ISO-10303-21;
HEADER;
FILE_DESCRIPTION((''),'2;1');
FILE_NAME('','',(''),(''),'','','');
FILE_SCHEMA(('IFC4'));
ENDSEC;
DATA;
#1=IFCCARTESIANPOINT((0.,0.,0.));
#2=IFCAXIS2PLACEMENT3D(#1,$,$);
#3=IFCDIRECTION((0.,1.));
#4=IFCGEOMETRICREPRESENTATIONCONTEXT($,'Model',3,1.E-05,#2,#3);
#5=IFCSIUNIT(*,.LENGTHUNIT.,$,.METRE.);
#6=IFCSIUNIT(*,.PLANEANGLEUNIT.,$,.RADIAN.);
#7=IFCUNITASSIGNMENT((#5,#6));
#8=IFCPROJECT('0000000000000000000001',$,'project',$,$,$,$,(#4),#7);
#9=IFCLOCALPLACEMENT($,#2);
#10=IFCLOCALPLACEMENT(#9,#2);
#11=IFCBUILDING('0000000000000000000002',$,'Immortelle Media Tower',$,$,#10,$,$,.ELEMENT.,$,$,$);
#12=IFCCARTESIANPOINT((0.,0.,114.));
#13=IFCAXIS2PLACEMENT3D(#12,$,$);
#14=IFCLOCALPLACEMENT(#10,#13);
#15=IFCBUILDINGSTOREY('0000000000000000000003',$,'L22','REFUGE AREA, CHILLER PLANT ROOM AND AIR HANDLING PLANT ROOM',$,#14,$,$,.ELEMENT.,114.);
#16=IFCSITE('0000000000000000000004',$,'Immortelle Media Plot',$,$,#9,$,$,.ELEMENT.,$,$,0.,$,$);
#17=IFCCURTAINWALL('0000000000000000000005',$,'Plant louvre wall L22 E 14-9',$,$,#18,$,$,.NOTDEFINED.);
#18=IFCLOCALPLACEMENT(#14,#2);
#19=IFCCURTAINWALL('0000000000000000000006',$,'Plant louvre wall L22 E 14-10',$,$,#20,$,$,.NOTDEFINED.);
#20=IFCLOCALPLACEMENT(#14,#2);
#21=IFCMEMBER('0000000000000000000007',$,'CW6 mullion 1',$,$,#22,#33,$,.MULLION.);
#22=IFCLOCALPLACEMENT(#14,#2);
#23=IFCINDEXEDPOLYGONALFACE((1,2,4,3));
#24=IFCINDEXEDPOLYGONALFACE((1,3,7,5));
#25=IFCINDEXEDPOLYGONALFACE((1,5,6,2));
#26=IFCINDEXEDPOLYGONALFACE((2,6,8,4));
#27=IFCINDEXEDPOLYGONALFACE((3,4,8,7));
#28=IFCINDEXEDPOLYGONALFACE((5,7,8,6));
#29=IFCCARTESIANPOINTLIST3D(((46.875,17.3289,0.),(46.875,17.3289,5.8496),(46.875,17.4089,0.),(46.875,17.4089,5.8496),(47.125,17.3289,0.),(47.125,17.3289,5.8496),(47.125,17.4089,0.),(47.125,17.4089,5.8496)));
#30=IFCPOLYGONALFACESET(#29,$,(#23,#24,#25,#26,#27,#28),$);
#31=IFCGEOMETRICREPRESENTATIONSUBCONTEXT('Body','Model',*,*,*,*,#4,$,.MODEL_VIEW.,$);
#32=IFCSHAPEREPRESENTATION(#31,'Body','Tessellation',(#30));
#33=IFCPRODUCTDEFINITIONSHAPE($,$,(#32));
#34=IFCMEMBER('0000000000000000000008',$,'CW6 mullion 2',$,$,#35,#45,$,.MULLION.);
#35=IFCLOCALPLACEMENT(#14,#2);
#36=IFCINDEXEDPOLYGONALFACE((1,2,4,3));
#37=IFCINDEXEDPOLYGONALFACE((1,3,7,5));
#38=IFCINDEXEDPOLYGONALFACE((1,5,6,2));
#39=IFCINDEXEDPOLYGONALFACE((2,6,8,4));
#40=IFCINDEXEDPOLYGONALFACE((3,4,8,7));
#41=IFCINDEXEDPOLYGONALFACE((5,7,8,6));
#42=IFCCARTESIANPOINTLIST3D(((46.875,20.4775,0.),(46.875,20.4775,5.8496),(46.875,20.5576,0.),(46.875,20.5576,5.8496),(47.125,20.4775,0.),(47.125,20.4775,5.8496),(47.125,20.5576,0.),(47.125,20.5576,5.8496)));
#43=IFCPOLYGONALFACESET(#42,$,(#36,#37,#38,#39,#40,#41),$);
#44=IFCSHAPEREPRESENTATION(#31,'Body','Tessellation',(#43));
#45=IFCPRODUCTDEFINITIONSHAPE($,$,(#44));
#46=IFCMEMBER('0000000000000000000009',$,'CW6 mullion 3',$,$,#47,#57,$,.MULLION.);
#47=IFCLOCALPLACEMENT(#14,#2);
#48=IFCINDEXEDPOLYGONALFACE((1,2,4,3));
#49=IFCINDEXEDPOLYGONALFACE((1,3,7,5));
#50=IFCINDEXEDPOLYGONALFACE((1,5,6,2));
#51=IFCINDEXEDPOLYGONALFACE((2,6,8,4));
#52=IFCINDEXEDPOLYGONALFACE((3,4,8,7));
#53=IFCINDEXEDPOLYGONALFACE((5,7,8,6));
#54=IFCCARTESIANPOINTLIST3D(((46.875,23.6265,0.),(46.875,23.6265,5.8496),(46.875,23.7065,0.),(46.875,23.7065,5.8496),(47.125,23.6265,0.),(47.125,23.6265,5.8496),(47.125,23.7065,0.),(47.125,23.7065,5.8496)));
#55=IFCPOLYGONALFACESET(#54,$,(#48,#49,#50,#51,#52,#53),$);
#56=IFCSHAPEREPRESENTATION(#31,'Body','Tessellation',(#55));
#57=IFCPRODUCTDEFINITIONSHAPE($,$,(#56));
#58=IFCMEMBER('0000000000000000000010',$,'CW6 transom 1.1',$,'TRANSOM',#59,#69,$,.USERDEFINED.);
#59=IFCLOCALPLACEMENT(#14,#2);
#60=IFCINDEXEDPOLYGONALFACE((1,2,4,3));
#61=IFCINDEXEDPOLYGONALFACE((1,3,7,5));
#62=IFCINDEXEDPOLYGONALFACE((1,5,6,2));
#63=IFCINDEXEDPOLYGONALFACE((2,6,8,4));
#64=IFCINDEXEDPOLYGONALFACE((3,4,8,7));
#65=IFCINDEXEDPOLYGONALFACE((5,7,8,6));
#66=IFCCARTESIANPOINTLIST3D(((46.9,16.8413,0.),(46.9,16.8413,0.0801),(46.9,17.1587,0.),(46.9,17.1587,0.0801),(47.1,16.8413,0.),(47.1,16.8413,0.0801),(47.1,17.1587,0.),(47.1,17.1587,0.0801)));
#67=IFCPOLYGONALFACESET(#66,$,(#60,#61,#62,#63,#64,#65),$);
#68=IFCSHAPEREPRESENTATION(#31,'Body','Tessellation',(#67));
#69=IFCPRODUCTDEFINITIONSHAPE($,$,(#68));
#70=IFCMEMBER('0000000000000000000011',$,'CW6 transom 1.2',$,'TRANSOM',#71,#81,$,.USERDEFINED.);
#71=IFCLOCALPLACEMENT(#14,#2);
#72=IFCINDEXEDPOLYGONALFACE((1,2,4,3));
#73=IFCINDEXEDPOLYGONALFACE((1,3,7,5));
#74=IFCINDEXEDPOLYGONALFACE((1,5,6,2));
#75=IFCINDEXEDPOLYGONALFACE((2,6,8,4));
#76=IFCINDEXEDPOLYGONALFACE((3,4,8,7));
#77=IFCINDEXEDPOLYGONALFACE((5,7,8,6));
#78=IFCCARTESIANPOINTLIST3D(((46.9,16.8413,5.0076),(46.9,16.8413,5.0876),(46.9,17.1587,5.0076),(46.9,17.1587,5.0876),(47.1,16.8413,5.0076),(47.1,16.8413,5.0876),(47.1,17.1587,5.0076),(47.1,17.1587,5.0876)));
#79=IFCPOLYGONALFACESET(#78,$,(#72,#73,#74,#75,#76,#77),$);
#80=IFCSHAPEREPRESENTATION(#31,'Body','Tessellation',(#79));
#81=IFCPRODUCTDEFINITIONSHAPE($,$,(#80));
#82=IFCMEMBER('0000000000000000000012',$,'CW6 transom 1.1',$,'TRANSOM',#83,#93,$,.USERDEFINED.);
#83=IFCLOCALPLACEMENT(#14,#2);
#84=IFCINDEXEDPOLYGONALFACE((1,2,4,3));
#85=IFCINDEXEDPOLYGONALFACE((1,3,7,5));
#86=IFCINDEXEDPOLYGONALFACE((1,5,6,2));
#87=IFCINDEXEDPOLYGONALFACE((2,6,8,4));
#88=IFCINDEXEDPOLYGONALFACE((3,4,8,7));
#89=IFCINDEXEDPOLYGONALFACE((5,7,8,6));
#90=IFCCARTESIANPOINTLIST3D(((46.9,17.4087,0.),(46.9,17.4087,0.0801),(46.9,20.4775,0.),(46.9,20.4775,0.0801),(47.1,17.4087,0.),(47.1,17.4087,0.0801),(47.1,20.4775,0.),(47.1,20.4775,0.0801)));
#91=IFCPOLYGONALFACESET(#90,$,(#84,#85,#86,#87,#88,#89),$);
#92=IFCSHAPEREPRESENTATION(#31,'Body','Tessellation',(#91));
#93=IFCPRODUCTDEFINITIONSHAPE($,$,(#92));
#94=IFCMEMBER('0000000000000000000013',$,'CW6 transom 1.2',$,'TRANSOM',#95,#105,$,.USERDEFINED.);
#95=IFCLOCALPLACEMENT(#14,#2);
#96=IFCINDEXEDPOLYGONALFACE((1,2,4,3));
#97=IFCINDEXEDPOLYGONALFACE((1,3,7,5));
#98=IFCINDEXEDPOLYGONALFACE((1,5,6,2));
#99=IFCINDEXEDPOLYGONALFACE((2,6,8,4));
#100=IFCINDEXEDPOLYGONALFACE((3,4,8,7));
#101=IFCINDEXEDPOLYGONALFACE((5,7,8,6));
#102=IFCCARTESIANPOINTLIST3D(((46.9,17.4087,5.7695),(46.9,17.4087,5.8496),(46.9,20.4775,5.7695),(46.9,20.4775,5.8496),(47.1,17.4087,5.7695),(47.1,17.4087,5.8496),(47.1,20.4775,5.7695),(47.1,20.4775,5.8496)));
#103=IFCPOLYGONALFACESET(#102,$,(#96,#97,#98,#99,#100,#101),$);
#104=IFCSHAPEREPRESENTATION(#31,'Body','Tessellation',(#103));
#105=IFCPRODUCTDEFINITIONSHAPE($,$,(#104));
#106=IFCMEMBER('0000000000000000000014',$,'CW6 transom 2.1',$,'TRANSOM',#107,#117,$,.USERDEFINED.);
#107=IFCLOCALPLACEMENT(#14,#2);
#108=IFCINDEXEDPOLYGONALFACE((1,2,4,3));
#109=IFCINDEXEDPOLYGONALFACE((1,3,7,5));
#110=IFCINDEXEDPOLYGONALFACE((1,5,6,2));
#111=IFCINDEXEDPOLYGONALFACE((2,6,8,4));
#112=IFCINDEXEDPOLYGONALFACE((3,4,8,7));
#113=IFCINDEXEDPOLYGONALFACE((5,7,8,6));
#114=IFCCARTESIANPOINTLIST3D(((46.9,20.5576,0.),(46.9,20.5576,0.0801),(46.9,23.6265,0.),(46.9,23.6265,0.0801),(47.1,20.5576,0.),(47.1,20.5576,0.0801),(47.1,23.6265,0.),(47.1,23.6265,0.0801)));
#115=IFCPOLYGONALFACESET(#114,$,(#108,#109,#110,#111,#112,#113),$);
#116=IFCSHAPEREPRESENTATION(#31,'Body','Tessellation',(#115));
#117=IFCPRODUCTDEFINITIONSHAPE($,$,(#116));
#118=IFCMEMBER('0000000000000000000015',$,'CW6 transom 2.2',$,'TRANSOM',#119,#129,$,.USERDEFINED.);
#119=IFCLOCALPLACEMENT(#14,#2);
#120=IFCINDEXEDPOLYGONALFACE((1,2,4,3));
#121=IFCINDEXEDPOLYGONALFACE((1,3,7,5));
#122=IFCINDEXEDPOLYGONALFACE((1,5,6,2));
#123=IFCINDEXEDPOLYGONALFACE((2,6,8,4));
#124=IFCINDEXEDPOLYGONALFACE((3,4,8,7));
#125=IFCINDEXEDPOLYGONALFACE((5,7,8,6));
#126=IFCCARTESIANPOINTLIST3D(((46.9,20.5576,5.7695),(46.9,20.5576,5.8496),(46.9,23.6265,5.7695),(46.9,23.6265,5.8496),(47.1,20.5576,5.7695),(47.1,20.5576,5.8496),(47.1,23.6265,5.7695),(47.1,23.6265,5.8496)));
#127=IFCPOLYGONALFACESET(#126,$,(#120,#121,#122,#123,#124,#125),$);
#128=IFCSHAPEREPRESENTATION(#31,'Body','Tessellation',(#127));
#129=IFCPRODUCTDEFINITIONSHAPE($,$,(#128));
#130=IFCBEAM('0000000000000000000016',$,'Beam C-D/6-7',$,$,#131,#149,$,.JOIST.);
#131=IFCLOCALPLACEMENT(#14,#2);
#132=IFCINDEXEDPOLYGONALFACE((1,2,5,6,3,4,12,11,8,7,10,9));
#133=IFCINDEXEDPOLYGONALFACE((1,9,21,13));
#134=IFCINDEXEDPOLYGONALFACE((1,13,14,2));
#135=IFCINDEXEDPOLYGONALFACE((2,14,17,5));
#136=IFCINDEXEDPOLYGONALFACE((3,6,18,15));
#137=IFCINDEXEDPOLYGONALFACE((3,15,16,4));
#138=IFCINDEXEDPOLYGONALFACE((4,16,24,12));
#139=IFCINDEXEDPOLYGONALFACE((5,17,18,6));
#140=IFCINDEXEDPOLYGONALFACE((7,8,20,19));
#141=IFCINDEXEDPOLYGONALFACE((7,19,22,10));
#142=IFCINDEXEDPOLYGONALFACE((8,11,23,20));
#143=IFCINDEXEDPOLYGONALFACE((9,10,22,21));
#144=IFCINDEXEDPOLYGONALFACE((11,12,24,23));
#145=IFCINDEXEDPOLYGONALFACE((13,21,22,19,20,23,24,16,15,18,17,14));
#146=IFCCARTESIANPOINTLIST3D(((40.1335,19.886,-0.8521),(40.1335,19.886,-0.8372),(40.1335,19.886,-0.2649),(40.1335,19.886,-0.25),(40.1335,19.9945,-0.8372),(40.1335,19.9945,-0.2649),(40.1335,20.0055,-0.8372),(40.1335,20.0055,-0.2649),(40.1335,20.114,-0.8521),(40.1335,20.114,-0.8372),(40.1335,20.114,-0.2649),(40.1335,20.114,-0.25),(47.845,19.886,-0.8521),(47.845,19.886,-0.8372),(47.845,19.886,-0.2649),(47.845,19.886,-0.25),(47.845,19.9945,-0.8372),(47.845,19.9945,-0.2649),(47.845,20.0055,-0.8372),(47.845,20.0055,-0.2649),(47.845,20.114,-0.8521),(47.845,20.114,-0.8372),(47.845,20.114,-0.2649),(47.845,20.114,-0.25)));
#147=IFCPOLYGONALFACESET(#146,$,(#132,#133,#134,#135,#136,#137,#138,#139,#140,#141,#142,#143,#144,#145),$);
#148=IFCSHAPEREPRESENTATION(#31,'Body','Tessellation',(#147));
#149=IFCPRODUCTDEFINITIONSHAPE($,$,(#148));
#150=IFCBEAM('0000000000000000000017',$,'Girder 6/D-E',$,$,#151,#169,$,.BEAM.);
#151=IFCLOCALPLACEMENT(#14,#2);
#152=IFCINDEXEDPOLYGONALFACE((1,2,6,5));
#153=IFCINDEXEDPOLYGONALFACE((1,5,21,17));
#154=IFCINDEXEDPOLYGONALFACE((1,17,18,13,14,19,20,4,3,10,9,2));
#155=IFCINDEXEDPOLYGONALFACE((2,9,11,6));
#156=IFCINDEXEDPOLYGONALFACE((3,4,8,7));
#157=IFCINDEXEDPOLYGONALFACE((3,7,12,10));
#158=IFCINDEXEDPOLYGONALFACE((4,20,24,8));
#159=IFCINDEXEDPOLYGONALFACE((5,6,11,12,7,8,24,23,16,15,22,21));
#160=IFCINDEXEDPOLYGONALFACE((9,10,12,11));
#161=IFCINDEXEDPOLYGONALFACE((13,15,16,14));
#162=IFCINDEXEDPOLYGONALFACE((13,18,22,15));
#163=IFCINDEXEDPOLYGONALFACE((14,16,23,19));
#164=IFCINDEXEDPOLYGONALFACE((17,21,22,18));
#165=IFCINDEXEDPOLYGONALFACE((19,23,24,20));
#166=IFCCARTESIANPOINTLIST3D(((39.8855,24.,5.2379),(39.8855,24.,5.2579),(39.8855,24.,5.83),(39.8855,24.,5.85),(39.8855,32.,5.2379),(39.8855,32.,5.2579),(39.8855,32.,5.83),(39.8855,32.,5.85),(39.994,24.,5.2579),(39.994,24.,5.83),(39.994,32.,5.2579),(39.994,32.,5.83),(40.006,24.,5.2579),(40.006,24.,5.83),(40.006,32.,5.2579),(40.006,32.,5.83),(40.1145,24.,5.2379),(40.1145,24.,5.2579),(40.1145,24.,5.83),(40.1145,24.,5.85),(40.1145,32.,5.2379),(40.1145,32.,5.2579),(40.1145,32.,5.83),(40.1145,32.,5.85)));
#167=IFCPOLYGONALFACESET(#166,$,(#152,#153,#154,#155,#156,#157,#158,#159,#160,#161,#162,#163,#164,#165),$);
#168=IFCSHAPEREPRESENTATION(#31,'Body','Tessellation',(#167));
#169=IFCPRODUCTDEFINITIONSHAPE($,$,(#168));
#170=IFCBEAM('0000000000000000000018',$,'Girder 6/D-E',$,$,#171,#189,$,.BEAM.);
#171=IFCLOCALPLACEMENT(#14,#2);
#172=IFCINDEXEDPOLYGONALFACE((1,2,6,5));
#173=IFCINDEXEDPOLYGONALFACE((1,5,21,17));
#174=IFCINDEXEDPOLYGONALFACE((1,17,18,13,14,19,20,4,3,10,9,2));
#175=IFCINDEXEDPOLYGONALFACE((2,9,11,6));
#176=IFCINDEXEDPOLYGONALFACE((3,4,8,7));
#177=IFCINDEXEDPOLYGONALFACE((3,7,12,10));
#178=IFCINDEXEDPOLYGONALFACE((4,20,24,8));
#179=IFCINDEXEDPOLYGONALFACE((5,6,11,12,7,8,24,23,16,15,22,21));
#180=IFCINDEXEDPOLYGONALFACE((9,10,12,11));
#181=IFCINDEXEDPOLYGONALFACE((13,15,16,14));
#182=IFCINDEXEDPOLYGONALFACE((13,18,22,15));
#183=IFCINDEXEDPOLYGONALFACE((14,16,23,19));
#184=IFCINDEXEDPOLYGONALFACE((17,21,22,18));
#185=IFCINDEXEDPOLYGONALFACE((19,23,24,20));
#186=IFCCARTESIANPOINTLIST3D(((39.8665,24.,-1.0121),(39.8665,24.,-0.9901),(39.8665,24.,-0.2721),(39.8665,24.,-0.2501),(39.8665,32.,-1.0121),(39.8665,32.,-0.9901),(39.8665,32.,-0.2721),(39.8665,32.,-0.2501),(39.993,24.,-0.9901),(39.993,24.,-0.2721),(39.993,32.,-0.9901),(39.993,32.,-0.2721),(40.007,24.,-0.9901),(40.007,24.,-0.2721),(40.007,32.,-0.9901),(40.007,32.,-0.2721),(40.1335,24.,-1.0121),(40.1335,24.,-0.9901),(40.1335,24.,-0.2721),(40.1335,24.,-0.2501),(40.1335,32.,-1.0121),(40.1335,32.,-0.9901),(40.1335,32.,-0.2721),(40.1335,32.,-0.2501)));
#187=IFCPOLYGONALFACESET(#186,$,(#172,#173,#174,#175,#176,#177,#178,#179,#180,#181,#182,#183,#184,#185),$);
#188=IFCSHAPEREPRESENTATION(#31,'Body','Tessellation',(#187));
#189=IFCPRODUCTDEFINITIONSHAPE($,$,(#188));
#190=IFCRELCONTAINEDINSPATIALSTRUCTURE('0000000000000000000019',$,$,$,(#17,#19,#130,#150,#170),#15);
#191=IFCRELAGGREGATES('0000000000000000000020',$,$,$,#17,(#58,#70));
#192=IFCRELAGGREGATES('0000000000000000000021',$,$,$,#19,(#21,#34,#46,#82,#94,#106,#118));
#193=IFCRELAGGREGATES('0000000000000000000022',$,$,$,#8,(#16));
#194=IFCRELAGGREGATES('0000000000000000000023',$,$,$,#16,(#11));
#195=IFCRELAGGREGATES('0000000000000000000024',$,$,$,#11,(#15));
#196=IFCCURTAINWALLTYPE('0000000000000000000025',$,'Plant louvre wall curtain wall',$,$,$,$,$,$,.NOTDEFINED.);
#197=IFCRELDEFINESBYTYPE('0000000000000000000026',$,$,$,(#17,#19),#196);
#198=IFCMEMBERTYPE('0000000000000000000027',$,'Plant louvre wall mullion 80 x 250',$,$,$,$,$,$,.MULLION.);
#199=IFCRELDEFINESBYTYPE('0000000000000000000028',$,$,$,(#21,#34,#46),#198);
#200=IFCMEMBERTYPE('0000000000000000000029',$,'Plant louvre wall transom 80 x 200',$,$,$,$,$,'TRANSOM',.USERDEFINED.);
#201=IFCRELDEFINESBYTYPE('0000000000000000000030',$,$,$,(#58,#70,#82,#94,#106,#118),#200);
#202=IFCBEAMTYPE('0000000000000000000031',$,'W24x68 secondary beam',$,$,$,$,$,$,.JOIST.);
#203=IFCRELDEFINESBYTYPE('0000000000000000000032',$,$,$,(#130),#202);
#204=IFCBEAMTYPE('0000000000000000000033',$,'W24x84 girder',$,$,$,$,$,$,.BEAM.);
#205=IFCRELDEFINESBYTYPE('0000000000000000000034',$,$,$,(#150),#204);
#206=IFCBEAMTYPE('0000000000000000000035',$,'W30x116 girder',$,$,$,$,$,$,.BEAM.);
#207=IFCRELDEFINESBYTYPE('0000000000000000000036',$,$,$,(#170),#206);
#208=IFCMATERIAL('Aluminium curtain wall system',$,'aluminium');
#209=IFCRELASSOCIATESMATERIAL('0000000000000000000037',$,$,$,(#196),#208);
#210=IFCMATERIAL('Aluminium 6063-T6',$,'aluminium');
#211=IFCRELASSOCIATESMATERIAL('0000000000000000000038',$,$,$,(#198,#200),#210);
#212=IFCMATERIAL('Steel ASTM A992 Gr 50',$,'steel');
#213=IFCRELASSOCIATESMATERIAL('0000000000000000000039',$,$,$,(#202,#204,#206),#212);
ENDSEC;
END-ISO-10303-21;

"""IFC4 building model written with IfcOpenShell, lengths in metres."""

from ifc_helpers import new_model, si_unit, direction, frame, origin, origin_2d, place, context, subcontext, project, spatial, rectangle, i_section, extrude, material, material_profile, profile_set, type_object, element, aggregate, save


model = new_model("IFC4")

# Units and contexts
model_context = context("Model", 3, precision=1e-05, world=origin(), true_north=direction((0.0, 1.0)))
body_context = subcontext(model_context, "Body", "Model", "MODEL_VIEW")
ifc_project = project(units=[si_unit("LENGTHUNIT", "METRE"), si_unit("PLANEANGLEUNIT", "RADIAN")], contexts=[model_context])

# Site, building, storey
site_placement = place(None, origin())
site = spatial("IfcSite", under=ifc_project, at=site_placement, Name="Immortelle Media Plot", CompositionType="ELEMENT", RefElevation=0.0)
building_placement = place(site_placement, origin())
building = spatial("IfcBuilding", under=site, at=building_placement, Name="Immortelle Media Tower", CompositionType="ELEMENT")
storey_placement = place(building_placement, frame((0.0, 0.0, 114.0)))
storey = spatial("IfcBuildingStorey", under=building, at=storey_placement, Name="L22", Description="REFUGE AREA, CHILLER PLANT ROOM AND AIR HANDLING PLANT ROOM", CompositionType="ELEMENT", Elevation=114.0)

# Shared definitions
ifc_material_1 = material(Name="Steel ASTM A992 Gr 50", Category="steel")

# Curtain walls, members
ifc_material_2 = material(Name="Aluminium curtain wall system", Category="aluminium")
curtain_wall_type = type_object("IfcCurtainWallType", Name="Plant louvre wall curtain wall", PredefinedType="NOTDEFINED", material=ifc_material_2)
curtain_wall_1_placement = place(storey_placement, origin())
curtain_wall_1 = element("IfcCurtainWall", 1, at=curtain_wall_1_placement, inside=storey, type_object=curtain_wall_type, Name="Plant louvre wall L22 E 14-9", PredefinedType="NOTDEFINED")
ifc_material_3 = material(Name="Aluminium 6063-T6", Category="aluminium")
ifc_material_profile_1 = material_profile(ifc_material_3, rectangle(XDim=0.25, YDim=0.0801, at=origin_2d()), Name="AL 80x250")
ifc_profile_set_1 = profile_set([ifc_material_profile_1], Name="Aluminium 6063-T6")
member_type_1 = type_object("IfcMemberType", Name="Plant louvre wall mullion 80 x 250", PredefinedType="MULLION", material=ifc_profile_set_1)
curtain_wall_2_placement = place(storey_placement, origin())
curtain_wall_2 = element("IfcCurtainWall", 2, at=curtain_wall_2_placement, inside=storey, type_object=curtain_wall_type, Name="Plant louvre wall L22 E 14-10", PredefinedType="NOTDEFINED")
member_1_placement = place(storey_placement, frame((47.0, 17.3689, 0.0), z_axis=(0.0, 0.0, 1.0), x_axis=(-1.0, 0.0, 0.0)))
member_1 = element("IfcMember", 3, at=member_1_placement, type_object=member_type_1, Name="CW6 mullion 1", PredefinedType="MULLION", context=body_context, shape_type="SweptSolid", body=[
    extrude(rectangle(XDim=0.25, YDim=0.0801, at=origin_2d()), origin(), (0.0, 0.0, 1.0), 5.8496),
])
member_2_placement = place(storey_placement, frame((47.0, 20.5176, 0.0), z_axis=(0.0, 0.0, 1.0), x_axis=(-1.0, 0.0, 0.0)))
member_2 = element("IfcMember", 4, at=member_2_placement, type_object=member_type_1, Name="CW6 mullion 2", PredefinedType="MULLION", context=body_context, shape_type="SweptSolid", body=[
    extrude(rectangle(XDim=0.25, YDim=0.0801, at=origin_2d()), origin(), (0.0, 0.0, 1.0), 5.8496),
])
member_3_placement = place(storey_placement, frame((47.0, 23.6665, 0.0), z_axis=(0.0, 0.0, 1.0), x_axis=(-1.0, 0.0, 0.0)))
member_3 = element("IfcMember", 5, at=member_3_placement, type_object=member_type_1, Name="CW6 mullion 3", PredefinedType="MULLION", context=body_context, shape_type="SweptSolid", body=[
    extrude(rectangle(XDim=0.25, YDim=0.0801, at=origin_2d()), origin(), (0.0, 0.0, 1.0), 5.8496),
])

# Members
ifc_material_profile_2 = material_profile(ifc_material_3, rectangle(XDim=0.2, YDim=0.0801, at=origin_2d()), Name="AL 80x200")
ifc_profile_set_2 = profile_set([ifc_material_profile_2], Name="Aluminium 6063-T6")
member_type_2 = type_object("IfcMemberType", Name="Plant louvre wall transom 80 x 200", ElementType="TRANSOM", PredefinedType="USERDEFINED", material=ifc_profile_set_2)
member_4_placement = place(storey_placement, frame((47.0, 16.8413, 0.04), z_axis=(0.0, 1.0, 0.0), x_axis=(-1.0, 0.0, 0.0)))
member_4 = element("IfcMember", 6, at=member_4_placement, type_object=member_type_2, Name="CW6 transom 1.1", ObjectType="TRANSOM", PredefinedType="USERDEFINED", context=body_context, shape_type="SweptSolid", body=[
    extrude(rectangle(XDim=0.2, YDim=0.0801, at=origin_2d()), origin(), (0.0, 0.0, 1.0), 0.3174),
])
member_5_placement = place(storey_placement, frame((47.0, 16.8413, 5.0476), z_axis=(0.0, 1.0, 0.0), x_axis=(-1.0, 0.0, 0.0)))
member_5 = element("IfcMember", 7, at=member_5_placement, type_object=member_type_2, Name="CW6 transom 1.2", ObjectType="TRANSOM", PredefinedType="USERDEFINED", context=body_context, shape_type="SweptSolid", body=[
    extrude(rectangle(XDim=0.2, YDim=0.0801, at=origin_2d()), origin(), (0.0, 0.0, 1.0), 0.3174),
])
member_6_placement = place(storey_placement, frame((47.0, 17.4087, 0.04), z_axis=(0.0, 1.0, 0.0), x_axis=(-1.0, 0.0, 0.0)))
member_6 = element("IfcMember", 8, at=member_6_placement, type_object=member_type_2, Name="CW6 transom 1.1", ObjectType="TRANSOM", PredefinedType="USERDEFINED", context=body_context, shape_type="SweptSolid", body=[
    extrude(rectangle(XDim=0.2, YDim=0.0801, at=origin_2d()), origin(), (0.0, 0.0, 1.0), 3.0688),
])
member_7_placement = place(storey_placement, frame((47.0, 17.4087, 5.8096), z_axis=(0.0, 1.0, 0.0), x_axis=(-1.0, 0.0, 0.0)))
member_7 = element("IfcMember", 9, at=member_7_placement, type_object=member_type_2, Name="CW6 transom 1.2", ObjectType="TRANSOM", PredefinedType="USERDEFINED", context=body_context, shape_type="SweptSolid", body=[
    extrude(rectangle(XDim=0.2, YDim=0.0801, at=origin_2d()), origin(), (0.0, 0.0, 1.0), 3.0688),
])
member_8_placement = place(storey_placement, frame((47.0, 20.5576, 0.04), z_axis=(0.0, 1.0, 0.0), x_axis=(-1.0, 0.0, 0.0)))
member_8 = element("IfcMember", 10, at=member_8_placement, type_object=member_type_2, Name="CW6 transom 2.1", ObjectType="TRANSOM", PredefinedType="USERDEFINED", context=body_context, shape_type="SweptSolid", body=[
    extrude(rectangle(XDim=0.2, YDim=0.0801, at=origin_2d()), origin(), (0.0, 0.0, 1.0), 3.0688),
])
member_9_placement = place(storey_placement, frame((47.0, 20.5576, 5.8096), z_axis=(0.0, 1.0, 0.0), x_axis=(-1.0, 0.0, 0.0)))
member_9 = element("IfcMember", 11, at=member_9_placement, type_object=member_type_2, Name="CW6 transom 2.2", ObjectType="TRANSOM", PredefinedType="USERDEFINED", context=body_context, shape_type="SweptSolid", body=[
    extrude(rectangle(XDim=0.2, YDim=0.0801, at=origin_2d()), origin(), (0.0, 0.0, 1.0), 3.0688),
])

# Beams
ifc_material_profile_3 = material_profile(ifc_material_1, i_section(OverallWidth=0.228, OverallDepth=0.6021, WebThickness=0.011, FlangeThickness=0.0149, at=origin_2d()), Name="W24x68")
ifc_profile_set_3 = profile_set([ifc_material_profile_3], Name="Steel ASTM A992 Gr 50")
beam_type_1 = type_object("IfcBeamType", Name="W24x68 secondary beam", PredefinedType="JOIST", material=ifc_profile_set_3)
beam_1_placement = place(storey_placement, frame((40.1335, 20.0, -0.551), z_axis=(1.0, 0.0, 0.0), x_axis=(0.0, 1.0, 0.0)))
element("IfcBeam", 12, at=beam_1_placement, inside=storey, type_object=beam_type_1, Name="Beam C-D/6-7", PredefinedType="JOIST", context=body_context, shape_type="SweptSolid", body=[
    extrude(i_section(OverallWidth=0.228, OverallDepth=0.6021, WebThickness=0.011, FlangeThickness=0.0149, at=origin_2d()), origin(), (0.0, 0.0, 1.0), 7.7114),
])
ifc_material_profile_4 = material_profile(ifc_material_1, i_section(OverallWidth=0.229, OverallDepth=0.6121, WebThickness=0.012, FlangeThickness=0.02, at=origin_2d()), Name="W24x84")
ifc_profile_set_4 = profile_set([ifc_material_profile_4], Name="Steel ASTM A992 Gr 50")
beam_type_2 = type_object("IfcBeamType", Name="W24x84 girder", PredefinedType="BEAM", material=ifc_profile_set_4)
beam_2_placement = place(storey_placement, frame((40.0, 24.0, 5.5439), z_axis=(0.0, 1.0, 0.0), x_axis=(-1.0, 0.0, 0.0)))
element("IfcBeam", 13, at=beam_2_placement, inside=storey, type_object=beam_type_2, Name="Girder 6/D-E", PredefinedType="BEAM", context=body_context, shape_type="SweptSolid", body=[
    extrude(i_section(OverallWidth=0.229, OverallDepth=0.6121, WebThickness=0.012, FlangeThickness=0.02, at=origin_2d()), origin(), (0.0, 0.0, 1.0), 8.0),
])
ifc_material_profile_5 = material_profile(ifc_material_1, i_section(OverallWidth=0.2671, OverallDepth=0.762, WebThickness=0.0139, FlangeThickness=0.022, at=origin_2d()), Name="W30x116")
ifc_profile_set_5 = profile_set([ifc_material_profile_5], Name="Steel ASTM A992 Gr 50")
beam_type_3 = type_object("IfcBeamType", Name="W30x116 girder", PredefinedType="BEAM", material=ifc_profile_set_5)
beam_3_placement = place(storey_placement, frame((40.0, 24.0, -0.6311), z_axis=(0.0, 1.0, 0.0), x_axis=(-1.0, 0.0, 0.0)))
element("IfcBeam", 14, at=beam_3_placement, inside=storey, type_object=beam_type_3, Name="Girder 6/D-E", PredefinedType="BEAM", context=body_context, shape_type="SweptSolid", body=[
    extrude(i_section(OverallWidth=0.2671, OverallDepth=0.762, WebThickness=0.0139, FlangeThickness=0.022, at=origin_2d()), origin(), (0.0, 0.0, 1.0), 8.0),
])

aggregate(curtain_wall_1, [member_4, member_5])
aggregate(curtain_wall_2, [member_1, member_2, member_3, member_6, member_7, member_8, member_9])

save(model, "model.ifc")
